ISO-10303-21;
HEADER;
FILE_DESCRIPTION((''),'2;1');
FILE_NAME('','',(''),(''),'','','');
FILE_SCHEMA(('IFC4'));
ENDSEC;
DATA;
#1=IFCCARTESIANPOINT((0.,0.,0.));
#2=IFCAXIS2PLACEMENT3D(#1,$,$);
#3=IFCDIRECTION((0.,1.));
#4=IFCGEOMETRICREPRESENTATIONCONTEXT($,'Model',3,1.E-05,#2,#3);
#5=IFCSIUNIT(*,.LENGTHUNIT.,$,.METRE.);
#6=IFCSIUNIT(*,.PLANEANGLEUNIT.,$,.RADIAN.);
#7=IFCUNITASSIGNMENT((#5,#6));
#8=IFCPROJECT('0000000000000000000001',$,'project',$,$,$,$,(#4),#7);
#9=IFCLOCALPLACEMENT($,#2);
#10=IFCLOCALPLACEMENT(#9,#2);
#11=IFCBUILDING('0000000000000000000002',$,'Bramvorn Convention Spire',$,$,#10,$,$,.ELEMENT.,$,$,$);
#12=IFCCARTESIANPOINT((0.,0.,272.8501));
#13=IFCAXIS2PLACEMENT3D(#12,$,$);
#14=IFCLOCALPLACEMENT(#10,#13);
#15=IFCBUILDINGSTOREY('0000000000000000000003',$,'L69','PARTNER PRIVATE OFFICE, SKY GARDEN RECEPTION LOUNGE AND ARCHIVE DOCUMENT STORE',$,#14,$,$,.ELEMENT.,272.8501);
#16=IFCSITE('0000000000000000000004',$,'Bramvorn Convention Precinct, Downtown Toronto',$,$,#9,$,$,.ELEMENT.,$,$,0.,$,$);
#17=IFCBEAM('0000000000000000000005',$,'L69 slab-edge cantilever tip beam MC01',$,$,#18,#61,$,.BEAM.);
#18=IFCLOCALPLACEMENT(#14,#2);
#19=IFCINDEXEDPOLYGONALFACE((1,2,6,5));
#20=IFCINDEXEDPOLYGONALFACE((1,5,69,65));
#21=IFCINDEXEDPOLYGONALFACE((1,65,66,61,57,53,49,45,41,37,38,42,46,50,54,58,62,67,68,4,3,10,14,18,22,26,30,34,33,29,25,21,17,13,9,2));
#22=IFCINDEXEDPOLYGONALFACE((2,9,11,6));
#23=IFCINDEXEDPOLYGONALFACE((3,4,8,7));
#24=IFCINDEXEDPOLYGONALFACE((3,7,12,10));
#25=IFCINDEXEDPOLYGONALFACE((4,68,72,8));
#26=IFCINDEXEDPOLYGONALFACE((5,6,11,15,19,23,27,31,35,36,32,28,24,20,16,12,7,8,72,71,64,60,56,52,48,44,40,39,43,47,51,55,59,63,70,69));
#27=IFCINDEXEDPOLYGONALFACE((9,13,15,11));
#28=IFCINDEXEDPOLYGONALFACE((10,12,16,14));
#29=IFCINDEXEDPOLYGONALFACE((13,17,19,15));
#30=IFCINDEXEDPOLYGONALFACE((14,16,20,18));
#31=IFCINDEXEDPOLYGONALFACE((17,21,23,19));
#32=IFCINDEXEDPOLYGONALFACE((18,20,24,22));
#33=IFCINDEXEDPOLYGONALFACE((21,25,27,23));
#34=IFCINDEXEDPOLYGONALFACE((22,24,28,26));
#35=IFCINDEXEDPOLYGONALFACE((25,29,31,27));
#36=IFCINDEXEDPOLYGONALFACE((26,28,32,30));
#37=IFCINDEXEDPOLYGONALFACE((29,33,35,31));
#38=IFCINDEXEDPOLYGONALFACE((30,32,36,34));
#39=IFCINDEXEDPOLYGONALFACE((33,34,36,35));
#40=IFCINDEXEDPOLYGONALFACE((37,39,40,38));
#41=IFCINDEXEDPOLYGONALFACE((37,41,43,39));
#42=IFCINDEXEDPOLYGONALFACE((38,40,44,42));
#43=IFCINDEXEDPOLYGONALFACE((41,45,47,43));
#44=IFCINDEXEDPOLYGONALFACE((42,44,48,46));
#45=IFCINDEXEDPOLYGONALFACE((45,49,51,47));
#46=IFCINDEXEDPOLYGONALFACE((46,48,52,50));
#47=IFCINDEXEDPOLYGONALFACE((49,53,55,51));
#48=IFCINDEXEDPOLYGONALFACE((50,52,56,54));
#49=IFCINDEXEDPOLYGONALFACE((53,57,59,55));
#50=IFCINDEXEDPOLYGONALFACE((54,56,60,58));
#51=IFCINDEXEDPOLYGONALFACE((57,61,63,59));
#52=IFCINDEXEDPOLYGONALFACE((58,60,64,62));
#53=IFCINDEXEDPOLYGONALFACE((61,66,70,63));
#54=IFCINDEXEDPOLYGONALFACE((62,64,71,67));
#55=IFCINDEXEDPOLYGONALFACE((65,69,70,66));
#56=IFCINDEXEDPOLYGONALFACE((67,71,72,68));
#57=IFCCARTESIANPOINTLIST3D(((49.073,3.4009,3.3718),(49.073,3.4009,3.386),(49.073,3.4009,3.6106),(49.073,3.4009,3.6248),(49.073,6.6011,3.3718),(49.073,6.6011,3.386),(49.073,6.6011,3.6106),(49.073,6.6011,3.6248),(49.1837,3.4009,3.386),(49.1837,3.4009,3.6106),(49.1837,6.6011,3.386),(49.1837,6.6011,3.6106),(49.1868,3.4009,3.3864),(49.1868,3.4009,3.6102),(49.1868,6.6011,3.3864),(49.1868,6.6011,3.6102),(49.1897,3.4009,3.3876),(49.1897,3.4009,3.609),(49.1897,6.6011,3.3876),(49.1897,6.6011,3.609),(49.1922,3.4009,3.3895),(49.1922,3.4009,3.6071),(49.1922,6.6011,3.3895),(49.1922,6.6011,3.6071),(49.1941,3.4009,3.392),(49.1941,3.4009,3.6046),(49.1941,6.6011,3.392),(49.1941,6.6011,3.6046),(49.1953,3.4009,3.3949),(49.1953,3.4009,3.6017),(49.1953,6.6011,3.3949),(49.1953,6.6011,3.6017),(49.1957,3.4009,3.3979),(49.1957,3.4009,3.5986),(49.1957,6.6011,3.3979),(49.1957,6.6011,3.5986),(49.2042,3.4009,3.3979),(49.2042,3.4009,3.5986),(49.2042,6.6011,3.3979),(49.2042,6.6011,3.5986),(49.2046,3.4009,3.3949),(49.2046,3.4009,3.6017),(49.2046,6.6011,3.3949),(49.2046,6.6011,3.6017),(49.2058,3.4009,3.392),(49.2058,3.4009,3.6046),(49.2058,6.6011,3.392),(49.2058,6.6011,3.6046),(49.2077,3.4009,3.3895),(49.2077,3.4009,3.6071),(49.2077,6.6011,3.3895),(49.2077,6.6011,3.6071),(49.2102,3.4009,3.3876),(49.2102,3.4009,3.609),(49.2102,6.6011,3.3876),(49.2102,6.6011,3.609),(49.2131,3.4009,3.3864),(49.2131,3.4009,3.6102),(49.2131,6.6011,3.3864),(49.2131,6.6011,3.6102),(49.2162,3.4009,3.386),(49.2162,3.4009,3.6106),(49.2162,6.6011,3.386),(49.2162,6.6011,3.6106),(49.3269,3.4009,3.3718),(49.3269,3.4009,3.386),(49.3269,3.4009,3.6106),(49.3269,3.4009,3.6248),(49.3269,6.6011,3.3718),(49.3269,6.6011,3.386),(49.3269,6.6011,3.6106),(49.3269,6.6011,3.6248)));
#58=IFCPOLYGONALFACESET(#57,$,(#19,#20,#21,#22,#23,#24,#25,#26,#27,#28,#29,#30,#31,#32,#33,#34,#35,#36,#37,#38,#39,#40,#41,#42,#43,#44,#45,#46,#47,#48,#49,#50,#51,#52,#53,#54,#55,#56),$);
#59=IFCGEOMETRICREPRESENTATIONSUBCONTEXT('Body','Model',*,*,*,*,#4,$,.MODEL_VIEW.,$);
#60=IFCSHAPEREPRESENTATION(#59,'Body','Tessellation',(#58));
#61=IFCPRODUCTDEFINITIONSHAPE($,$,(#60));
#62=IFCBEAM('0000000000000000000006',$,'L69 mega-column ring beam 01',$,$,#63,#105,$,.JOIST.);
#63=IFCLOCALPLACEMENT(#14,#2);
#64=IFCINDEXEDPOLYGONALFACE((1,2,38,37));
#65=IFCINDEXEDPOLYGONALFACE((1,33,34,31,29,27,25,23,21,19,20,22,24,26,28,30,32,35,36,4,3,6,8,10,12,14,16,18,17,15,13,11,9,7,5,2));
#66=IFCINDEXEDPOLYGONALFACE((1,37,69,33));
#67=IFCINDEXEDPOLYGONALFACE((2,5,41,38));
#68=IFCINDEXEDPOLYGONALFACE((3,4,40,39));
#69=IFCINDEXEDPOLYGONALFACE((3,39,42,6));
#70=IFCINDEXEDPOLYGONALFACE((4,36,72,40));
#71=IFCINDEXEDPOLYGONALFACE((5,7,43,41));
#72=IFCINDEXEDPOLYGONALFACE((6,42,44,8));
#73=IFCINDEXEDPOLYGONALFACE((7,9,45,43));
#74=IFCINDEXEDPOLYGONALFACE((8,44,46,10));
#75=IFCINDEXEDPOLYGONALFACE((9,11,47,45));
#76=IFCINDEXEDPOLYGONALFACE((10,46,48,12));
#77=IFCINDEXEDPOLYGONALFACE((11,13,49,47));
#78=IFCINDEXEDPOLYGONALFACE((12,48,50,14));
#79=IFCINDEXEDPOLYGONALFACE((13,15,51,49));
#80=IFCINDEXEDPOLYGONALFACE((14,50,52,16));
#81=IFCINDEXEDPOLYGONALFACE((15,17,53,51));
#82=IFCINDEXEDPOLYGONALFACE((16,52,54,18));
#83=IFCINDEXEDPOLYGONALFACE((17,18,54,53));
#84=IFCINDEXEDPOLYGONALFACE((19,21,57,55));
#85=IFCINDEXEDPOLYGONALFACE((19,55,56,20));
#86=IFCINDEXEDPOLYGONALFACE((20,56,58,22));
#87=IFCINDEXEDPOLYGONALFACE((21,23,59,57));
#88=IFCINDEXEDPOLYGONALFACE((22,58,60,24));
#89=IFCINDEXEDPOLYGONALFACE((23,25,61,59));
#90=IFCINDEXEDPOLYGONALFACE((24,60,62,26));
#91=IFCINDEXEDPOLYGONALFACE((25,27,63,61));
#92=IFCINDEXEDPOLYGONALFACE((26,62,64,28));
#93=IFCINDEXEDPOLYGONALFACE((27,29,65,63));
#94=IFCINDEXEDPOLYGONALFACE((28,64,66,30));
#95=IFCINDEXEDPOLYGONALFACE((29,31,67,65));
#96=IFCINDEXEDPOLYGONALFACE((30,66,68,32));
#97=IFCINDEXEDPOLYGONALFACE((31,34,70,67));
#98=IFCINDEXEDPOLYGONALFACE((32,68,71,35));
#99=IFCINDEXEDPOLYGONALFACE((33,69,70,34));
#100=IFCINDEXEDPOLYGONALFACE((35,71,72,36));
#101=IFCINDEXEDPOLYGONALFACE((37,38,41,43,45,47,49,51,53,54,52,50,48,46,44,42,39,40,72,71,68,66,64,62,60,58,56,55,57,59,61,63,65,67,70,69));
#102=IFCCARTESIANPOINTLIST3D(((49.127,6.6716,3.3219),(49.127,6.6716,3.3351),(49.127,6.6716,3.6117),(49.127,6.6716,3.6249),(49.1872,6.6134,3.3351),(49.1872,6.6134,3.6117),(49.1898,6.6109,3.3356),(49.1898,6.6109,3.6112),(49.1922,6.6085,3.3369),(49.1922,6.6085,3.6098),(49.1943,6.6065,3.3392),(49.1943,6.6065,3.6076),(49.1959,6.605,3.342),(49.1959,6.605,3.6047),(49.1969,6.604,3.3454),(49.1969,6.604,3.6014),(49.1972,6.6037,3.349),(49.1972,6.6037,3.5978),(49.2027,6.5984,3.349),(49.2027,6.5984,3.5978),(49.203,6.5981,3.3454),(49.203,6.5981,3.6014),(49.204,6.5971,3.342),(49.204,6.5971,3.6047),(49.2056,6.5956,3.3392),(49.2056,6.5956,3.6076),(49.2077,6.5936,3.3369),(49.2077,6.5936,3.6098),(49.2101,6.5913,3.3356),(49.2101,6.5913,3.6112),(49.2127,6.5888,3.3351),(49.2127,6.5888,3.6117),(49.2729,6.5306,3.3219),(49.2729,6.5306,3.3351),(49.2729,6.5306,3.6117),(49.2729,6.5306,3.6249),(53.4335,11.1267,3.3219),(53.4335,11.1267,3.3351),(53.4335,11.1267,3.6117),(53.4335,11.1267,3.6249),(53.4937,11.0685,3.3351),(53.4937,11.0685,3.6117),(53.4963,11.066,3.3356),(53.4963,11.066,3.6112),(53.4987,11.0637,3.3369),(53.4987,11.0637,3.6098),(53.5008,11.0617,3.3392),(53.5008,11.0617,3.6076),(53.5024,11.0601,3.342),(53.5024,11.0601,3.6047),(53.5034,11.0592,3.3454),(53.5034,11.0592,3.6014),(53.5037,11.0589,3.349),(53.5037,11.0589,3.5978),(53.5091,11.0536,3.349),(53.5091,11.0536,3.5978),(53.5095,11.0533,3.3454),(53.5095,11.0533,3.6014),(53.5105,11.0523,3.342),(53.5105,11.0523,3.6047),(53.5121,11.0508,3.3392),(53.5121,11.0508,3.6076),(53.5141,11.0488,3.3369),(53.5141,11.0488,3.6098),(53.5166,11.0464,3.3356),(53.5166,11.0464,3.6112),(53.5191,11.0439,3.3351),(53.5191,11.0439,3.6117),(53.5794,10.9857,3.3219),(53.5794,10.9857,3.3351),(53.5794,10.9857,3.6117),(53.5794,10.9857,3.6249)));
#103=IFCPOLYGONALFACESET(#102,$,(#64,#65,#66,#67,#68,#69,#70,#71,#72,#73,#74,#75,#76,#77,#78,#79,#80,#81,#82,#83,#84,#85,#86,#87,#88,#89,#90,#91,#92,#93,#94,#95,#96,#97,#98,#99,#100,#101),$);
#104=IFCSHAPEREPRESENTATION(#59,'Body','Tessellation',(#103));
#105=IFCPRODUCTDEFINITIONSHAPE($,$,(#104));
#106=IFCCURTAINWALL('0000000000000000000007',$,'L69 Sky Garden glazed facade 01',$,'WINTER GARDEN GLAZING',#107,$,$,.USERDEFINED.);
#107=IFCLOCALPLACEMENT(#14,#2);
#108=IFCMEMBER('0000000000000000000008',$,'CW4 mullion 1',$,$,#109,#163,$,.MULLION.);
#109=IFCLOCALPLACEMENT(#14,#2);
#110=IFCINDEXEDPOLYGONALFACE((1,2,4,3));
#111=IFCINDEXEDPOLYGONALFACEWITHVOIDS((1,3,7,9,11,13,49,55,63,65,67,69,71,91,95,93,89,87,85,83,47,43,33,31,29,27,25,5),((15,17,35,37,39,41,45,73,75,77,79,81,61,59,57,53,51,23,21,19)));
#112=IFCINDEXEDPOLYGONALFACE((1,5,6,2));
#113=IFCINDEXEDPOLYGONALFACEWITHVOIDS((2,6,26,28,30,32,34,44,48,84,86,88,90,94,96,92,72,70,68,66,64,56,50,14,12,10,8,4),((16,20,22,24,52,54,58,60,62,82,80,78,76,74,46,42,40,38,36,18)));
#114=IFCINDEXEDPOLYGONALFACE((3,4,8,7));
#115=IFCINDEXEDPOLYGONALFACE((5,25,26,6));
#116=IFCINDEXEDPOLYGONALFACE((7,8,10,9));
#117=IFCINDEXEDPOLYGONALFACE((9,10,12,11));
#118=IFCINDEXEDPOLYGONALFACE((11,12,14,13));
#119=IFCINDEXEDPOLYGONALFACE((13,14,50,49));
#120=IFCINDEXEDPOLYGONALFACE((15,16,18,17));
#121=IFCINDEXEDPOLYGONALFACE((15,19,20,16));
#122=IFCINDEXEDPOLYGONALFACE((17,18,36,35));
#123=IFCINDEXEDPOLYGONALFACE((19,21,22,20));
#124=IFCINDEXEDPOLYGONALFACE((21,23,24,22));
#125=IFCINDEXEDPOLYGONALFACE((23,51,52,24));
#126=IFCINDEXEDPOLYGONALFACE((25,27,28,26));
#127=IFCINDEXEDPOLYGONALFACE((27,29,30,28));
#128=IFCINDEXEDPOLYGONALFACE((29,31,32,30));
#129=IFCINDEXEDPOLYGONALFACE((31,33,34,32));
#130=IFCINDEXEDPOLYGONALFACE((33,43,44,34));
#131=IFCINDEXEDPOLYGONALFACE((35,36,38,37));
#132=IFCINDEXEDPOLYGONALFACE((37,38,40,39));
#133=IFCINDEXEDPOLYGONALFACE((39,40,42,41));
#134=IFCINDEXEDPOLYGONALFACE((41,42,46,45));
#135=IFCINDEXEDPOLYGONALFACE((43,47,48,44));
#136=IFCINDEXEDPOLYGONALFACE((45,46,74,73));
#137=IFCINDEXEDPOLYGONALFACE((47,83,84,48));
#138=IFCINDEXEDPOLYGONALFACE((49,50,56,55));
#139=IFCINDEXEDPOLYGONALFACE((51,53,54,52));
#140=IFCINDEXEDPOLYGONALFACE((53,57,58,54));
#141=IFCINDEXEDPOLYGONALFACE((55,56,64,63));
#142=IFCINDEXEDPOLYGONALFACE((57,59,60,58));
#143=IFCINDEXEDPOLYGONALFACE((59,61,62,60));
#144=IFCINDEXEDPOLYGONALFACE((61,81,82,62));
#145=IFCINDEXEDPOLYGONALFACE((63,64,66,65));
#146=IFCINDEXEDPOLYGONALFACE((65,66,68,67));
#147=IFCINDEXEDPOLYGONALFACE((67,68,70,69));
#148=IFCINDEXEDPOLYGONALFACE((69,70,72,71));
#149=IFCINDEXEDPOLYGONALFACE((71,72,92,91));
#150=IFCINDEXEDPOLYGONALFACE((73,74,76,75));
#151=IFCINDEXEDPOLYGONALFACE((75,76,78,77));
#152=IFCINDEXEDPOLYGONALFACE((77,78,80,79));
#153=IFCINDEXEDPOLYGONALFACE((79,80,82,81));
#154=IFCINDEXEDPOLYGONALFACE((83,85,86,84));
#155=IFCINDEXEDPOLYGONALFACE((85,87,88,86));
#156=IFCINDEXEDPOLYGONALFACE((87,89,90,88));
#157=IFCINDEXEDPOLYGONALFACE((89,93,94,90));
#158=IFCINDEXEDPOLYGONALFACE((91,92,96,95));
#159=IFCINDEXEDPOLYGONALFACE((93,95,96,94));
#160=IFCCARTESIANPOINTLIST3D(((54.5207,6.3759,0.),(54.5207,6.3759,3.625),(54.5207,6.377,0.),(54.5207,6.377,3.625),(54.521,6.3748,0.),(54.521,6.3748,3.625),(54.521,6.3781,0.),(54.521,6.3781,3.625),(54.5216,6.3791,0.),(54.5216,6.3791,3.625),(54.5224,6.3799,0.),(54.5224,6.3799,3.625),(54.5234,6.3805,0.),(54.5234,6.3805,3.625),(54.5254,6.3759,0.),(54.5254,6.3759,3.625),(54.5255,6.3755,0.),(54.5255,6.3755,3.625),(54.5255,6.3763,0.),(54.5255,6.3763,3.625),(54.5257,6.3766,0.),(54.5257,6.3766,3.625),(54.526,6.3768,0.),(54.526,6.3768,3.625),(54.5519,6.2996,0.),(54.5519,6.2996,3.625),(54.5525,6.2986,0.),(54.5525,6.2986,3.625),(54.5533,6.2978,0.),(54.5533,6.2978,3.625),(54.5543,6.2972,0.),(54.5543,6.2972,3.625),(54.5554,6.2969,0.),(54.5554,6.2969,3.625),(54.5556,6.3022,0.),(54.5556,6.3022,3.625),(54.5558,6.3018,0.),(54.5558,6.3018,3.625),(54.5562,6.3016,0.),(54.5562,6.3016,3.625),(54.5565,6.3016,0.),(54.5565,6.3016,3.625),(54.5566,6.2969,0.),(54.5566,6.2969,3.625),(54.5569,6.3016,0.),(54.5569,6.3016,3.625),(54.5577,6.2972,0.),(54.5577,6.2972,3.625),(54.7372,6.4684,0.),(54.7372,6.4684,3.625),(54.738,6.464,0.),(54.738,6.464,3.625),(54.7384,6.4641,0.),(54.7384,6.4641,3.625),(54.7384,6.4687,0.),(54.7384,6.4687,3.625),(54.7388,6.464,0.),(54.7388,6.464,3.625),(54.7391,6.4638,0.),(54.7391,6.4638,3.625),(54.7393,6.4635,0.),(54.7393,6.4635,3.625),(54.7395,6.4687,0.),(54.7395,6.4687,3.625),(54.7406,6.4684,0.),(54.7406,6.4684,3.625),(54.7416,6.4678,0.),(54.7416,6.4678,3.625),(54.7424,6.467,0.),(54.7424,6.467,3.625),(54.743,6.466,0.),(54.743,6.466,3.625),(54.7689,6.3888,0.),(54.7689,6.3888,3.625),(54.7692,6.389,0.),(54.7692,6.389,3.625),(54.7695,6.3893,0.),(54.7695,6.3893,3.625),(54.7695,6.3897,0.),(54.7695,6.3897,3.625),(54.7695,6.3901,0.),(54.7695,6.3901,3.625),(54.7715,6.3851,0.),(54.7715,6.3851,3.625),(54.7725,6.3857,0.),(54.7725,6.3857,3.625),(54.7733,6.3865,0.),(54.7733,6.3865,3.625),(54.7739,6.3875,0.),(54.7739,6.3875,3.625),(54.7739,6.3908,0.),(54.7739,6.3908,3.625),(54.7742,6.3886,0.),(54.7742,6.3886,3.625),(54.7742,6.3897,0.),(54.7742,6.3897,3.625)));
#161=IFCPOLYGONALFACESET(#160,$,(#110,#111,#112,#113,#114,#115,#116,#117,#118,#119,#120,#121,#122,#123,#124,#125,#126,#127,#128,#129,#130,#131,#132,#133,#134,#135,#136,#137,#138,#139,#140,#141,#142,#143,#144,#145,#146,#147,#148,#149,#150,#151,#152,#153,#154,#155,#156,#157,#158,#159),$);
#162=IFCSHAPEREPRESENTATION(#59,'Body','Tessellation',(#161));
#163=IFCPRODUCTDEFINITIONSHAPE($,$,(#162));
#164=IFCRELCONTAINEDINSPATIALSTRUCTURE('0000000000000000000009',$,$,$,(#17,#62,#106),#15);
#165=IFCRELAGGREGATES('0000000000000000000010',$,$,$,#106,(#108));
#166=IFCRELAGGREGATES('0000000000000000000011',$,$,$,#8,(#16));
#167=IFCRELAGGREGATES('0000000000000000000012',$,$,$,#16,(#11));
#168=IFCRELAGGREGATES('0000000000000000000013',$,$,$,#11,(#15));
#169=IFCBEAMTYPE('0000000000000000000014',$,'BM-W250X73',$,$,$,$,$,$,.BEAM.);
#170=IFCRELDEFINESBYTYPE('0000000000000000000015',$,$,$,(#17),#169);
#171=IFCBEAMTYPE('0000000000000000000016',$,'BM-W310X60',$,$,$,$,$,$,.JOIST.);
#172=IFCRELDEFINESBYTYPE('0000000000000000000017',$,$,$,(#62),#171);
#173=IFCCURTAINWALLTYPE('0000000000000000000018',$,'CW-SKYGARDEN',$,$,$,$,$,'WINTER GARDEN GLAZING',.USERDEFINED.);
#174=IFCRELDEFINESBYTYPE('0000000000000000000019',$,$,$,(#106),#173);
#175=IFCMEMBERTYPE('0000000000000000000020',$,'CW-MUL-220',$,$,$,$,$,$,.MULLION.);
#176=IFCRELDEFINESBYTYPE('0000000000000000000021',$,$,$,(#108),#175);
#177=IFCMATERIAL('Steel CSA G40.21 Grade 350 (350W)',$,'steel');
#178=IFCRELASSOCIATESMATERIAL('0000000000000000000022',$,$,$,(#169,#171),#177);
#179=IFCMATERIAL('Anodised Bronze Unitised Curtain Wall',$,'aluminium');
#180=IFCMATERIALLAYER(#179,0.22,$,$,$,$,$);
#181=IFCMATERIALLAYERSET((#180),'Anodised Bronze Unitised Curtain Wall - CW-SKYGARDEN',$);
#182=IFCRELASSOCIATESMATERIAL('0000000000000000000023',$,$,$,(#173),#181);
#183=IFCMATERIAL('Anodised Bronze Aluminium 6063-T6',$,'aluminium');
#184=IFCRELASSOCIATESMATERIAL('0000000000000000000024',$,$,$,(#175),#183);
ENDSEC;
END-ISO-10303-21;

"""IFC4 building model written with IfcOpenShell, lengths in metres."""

from ifc_helpers import new_model, si_unit, direction, frame, origin, origin_2d, place, context, subcontext, project, spatial, hollow_rectangle, i_section, extrude, material, layer, layer_set, material_profile, profile_set, type_object, element, aggregate, save


model = new_model("IFC4")

# Units and contexts
model_context = context("Model", 3, precision=1e-05, world=origin(), true_north=direction((0.0, 1.0)))
body_context = subcontext(model_context, "Body", "Model", "MODEL_VIEW")
ifc_project = project(units=[si_unit("LENGTHUNIT", "METRE"), si_unit("PLANEANGLEUNIT", "RADIAN")], contexts=[model_context])

# Site, building, storey
site_placement = place(None, origin())
site = spatial("IfcSite", under=ifc_project, at=site_placement, Name="Bramvorn Convention Precinct, Downtown Toronto", CompositionType="ELEMENT", RefElevation=0.0)
building_placement = place(site_placement, origin())
building = spatial("IfcBuilding", under=site, at=building_placement, Name="Bramvorn Convention Spire", CompositionType="ELEMENT")
storey_placement = place(building_placement, frame((0.0, 0.0, 272.8501)))
storey = spatial("IfcBuildingStorey", under=building, at=storey_placement, Name="L69", Description="PARTNER PRIVATE OFFICE, SKY GARDEN RECEPTION LOUNGE AND ARCHIVE DOCUMENT STORE", CompositionType="ELEMENT", Elevation=272.8501)

# Beams
ifc_material_1 = material(Name="Steel CSA G40.21 Grade 350 (350W)", Category="steel")
ifc_material_profile_1 = material_profile(ifc_material_1, i_section(OverallWidth=0.2539, OverallDepth=0.2529, WebThickness=0.0085, FlangeThickness=0.0142, FilletRadius=0.012, at=origin_2d()))
ifc_profile_set_1 = profile_set([ifc_material_profile_1], Name="Steel CSA G40.21 Grade 350 (350W) - W250X73")
beam_type_1 = type_object("IfcBeamType", Name="BM-W250X73", PredefinedType="BEAM", material=ifc_profile_set_1)
beam_1_placement = place(storey_placement, frame((49.2, 6.6011, 3.4983), z_axis=(0.0, -1.0, 0.0), x_axis=(1.0, 0.0, 0.0)))
element("IfcBeam", 1, at=beam_1_placement, inside=storey, type_object=beam_type_1, Name="L69 slab-edge cantilever tip beam MC01", PredefinedType="BEAM", context=body_context, shape_type="SweptSolid", body=[
    extrude(i_section(OverallWidth=0.2539, OverallDepth=0.2529, WebThickness=0.0085, FlangeThickness=0.0142, FilletRadius=0.012, at=origin_2d()), origin(), (0.0, 0.0, 1.0), 3.2002),
])
ifc_material_profile_2 = material_profile(ifc_material_1, i_section(OverallWidth=0.2029, OverallDepth=0.303, WebThickness=0.0076, FlangeThickness=0.0132, FilletRadius=0.0139, at=origin_2d()))
ifc_profile_set_2 = profile_set([ifc_material_profile_2], Name="Steel CSA G40.21 Grade 350 (350W) - W310X60")
beam_type_2 = type_object("IfcBeamType", Name="BM-W310X60", PredefinedType="JOIST", material=ifc_profile_set_2)
beam_2_placement = place(storey_placement, frame((49.2, 6.6011, 3.4734), z_axis=(0.695007, 0.719003, 0.0), x_axis=(-0.719003, 0.695007, 0.0)))
element("IfcBeam", 2, at=beam_2_placement, inside=storey, type_object=beam_type_2, Name="L69 mega-column ring beam 01", PredefinedType="JOIST", context=body_context, shape_type="SweptSolid", body=[
    extrude(i_section(OverallWidth=0.2029, OverallDepth=0.303, WebThickness=0.0076, FlangeThickness=0.0132, FilletRadius=0.0139, at=origin_2d()), origin(), (0.0, 0.0, 1.0), 6.1963),
])

# Curtain wall, member
ifc_material_2 = material(Name="Anodised Bronze Unitised Curtain Wall", Category="aluminium")
ifc_layer_1 = layer(ifc_material_2, 0.22)
ifc_layer_set_1 = layer_set([ifc_layer_1], Name="Anodised Bronze Unitised Curtain Wall - CW-SKYGARDEN")
curtain_wall_type = type_object("IfcCurtainWallType", Name="CW-SKYGARDEN", ElementType="WINTER GARDEN GLAZING", PredefinedType="USERDEFINED", material=ifc_layer_set_1)
curtain_wall_1_placement = place(storey_placement, origin())
curtain_wall_1 = element("IfcCurtainWall", 3, at=curtain_wall_1_placement, inside=storey, type_object=curtain_wall_type, Name="L69 Sky Garden glazed facade 01", ObjectType="WINTER GARDEN GLAZING", PredefinedType="USERDEFINED")
ifc_material_3 = material(Name="Anodised Bronze Aluminium 6063-T6", Category="aluminium")
ifc_material_profile_3 = material_profile(ifc_material_3, hollow_rectangle(XDim=0.0901, YDim=0.24, WallThickness=0.0044, InnerFilletRadius=0.001, OuterFilletRadius=0.0044, at=origin_2d()))
ifc_profile_set_3 = profile_set([ifc_material_profile_3], Name="Anodised Bronze Aluminium 6063-T6 - CWM90X240")
member_type_1 = type_object("IfcMemberType", Name="CW-MUL-220", PredefinedType="MULLION", material=ifc_profile_set_3)
member_1_placement = place(storey_placement, frame((54.6475, 6.3828, 0.0), z_axis=(0.0, 0.0, 1.0), x_axis=(0.380258, -0.92488, 0.0)))
member_1 = element("IfcMember", 4, at=member_1_placement, type_object=member_type_1, Name="CW4 mullion 1", PredefinedType="MULLION", context=body_context, shape_type="SweptSolid", body=[
    extrude(hollow_rectangle(XDim=0.0901, YDim=0.24, WallThickness=0.0044, InnerFilletRadius=0.001, OuterFilletRadius=0.0044, at=origin_2d()), origin(), (0.0, 0.0, 1.0), 3.625),
])

aggregate(curtain_wall_1, [member_1])

save(model, "model.ifc")
